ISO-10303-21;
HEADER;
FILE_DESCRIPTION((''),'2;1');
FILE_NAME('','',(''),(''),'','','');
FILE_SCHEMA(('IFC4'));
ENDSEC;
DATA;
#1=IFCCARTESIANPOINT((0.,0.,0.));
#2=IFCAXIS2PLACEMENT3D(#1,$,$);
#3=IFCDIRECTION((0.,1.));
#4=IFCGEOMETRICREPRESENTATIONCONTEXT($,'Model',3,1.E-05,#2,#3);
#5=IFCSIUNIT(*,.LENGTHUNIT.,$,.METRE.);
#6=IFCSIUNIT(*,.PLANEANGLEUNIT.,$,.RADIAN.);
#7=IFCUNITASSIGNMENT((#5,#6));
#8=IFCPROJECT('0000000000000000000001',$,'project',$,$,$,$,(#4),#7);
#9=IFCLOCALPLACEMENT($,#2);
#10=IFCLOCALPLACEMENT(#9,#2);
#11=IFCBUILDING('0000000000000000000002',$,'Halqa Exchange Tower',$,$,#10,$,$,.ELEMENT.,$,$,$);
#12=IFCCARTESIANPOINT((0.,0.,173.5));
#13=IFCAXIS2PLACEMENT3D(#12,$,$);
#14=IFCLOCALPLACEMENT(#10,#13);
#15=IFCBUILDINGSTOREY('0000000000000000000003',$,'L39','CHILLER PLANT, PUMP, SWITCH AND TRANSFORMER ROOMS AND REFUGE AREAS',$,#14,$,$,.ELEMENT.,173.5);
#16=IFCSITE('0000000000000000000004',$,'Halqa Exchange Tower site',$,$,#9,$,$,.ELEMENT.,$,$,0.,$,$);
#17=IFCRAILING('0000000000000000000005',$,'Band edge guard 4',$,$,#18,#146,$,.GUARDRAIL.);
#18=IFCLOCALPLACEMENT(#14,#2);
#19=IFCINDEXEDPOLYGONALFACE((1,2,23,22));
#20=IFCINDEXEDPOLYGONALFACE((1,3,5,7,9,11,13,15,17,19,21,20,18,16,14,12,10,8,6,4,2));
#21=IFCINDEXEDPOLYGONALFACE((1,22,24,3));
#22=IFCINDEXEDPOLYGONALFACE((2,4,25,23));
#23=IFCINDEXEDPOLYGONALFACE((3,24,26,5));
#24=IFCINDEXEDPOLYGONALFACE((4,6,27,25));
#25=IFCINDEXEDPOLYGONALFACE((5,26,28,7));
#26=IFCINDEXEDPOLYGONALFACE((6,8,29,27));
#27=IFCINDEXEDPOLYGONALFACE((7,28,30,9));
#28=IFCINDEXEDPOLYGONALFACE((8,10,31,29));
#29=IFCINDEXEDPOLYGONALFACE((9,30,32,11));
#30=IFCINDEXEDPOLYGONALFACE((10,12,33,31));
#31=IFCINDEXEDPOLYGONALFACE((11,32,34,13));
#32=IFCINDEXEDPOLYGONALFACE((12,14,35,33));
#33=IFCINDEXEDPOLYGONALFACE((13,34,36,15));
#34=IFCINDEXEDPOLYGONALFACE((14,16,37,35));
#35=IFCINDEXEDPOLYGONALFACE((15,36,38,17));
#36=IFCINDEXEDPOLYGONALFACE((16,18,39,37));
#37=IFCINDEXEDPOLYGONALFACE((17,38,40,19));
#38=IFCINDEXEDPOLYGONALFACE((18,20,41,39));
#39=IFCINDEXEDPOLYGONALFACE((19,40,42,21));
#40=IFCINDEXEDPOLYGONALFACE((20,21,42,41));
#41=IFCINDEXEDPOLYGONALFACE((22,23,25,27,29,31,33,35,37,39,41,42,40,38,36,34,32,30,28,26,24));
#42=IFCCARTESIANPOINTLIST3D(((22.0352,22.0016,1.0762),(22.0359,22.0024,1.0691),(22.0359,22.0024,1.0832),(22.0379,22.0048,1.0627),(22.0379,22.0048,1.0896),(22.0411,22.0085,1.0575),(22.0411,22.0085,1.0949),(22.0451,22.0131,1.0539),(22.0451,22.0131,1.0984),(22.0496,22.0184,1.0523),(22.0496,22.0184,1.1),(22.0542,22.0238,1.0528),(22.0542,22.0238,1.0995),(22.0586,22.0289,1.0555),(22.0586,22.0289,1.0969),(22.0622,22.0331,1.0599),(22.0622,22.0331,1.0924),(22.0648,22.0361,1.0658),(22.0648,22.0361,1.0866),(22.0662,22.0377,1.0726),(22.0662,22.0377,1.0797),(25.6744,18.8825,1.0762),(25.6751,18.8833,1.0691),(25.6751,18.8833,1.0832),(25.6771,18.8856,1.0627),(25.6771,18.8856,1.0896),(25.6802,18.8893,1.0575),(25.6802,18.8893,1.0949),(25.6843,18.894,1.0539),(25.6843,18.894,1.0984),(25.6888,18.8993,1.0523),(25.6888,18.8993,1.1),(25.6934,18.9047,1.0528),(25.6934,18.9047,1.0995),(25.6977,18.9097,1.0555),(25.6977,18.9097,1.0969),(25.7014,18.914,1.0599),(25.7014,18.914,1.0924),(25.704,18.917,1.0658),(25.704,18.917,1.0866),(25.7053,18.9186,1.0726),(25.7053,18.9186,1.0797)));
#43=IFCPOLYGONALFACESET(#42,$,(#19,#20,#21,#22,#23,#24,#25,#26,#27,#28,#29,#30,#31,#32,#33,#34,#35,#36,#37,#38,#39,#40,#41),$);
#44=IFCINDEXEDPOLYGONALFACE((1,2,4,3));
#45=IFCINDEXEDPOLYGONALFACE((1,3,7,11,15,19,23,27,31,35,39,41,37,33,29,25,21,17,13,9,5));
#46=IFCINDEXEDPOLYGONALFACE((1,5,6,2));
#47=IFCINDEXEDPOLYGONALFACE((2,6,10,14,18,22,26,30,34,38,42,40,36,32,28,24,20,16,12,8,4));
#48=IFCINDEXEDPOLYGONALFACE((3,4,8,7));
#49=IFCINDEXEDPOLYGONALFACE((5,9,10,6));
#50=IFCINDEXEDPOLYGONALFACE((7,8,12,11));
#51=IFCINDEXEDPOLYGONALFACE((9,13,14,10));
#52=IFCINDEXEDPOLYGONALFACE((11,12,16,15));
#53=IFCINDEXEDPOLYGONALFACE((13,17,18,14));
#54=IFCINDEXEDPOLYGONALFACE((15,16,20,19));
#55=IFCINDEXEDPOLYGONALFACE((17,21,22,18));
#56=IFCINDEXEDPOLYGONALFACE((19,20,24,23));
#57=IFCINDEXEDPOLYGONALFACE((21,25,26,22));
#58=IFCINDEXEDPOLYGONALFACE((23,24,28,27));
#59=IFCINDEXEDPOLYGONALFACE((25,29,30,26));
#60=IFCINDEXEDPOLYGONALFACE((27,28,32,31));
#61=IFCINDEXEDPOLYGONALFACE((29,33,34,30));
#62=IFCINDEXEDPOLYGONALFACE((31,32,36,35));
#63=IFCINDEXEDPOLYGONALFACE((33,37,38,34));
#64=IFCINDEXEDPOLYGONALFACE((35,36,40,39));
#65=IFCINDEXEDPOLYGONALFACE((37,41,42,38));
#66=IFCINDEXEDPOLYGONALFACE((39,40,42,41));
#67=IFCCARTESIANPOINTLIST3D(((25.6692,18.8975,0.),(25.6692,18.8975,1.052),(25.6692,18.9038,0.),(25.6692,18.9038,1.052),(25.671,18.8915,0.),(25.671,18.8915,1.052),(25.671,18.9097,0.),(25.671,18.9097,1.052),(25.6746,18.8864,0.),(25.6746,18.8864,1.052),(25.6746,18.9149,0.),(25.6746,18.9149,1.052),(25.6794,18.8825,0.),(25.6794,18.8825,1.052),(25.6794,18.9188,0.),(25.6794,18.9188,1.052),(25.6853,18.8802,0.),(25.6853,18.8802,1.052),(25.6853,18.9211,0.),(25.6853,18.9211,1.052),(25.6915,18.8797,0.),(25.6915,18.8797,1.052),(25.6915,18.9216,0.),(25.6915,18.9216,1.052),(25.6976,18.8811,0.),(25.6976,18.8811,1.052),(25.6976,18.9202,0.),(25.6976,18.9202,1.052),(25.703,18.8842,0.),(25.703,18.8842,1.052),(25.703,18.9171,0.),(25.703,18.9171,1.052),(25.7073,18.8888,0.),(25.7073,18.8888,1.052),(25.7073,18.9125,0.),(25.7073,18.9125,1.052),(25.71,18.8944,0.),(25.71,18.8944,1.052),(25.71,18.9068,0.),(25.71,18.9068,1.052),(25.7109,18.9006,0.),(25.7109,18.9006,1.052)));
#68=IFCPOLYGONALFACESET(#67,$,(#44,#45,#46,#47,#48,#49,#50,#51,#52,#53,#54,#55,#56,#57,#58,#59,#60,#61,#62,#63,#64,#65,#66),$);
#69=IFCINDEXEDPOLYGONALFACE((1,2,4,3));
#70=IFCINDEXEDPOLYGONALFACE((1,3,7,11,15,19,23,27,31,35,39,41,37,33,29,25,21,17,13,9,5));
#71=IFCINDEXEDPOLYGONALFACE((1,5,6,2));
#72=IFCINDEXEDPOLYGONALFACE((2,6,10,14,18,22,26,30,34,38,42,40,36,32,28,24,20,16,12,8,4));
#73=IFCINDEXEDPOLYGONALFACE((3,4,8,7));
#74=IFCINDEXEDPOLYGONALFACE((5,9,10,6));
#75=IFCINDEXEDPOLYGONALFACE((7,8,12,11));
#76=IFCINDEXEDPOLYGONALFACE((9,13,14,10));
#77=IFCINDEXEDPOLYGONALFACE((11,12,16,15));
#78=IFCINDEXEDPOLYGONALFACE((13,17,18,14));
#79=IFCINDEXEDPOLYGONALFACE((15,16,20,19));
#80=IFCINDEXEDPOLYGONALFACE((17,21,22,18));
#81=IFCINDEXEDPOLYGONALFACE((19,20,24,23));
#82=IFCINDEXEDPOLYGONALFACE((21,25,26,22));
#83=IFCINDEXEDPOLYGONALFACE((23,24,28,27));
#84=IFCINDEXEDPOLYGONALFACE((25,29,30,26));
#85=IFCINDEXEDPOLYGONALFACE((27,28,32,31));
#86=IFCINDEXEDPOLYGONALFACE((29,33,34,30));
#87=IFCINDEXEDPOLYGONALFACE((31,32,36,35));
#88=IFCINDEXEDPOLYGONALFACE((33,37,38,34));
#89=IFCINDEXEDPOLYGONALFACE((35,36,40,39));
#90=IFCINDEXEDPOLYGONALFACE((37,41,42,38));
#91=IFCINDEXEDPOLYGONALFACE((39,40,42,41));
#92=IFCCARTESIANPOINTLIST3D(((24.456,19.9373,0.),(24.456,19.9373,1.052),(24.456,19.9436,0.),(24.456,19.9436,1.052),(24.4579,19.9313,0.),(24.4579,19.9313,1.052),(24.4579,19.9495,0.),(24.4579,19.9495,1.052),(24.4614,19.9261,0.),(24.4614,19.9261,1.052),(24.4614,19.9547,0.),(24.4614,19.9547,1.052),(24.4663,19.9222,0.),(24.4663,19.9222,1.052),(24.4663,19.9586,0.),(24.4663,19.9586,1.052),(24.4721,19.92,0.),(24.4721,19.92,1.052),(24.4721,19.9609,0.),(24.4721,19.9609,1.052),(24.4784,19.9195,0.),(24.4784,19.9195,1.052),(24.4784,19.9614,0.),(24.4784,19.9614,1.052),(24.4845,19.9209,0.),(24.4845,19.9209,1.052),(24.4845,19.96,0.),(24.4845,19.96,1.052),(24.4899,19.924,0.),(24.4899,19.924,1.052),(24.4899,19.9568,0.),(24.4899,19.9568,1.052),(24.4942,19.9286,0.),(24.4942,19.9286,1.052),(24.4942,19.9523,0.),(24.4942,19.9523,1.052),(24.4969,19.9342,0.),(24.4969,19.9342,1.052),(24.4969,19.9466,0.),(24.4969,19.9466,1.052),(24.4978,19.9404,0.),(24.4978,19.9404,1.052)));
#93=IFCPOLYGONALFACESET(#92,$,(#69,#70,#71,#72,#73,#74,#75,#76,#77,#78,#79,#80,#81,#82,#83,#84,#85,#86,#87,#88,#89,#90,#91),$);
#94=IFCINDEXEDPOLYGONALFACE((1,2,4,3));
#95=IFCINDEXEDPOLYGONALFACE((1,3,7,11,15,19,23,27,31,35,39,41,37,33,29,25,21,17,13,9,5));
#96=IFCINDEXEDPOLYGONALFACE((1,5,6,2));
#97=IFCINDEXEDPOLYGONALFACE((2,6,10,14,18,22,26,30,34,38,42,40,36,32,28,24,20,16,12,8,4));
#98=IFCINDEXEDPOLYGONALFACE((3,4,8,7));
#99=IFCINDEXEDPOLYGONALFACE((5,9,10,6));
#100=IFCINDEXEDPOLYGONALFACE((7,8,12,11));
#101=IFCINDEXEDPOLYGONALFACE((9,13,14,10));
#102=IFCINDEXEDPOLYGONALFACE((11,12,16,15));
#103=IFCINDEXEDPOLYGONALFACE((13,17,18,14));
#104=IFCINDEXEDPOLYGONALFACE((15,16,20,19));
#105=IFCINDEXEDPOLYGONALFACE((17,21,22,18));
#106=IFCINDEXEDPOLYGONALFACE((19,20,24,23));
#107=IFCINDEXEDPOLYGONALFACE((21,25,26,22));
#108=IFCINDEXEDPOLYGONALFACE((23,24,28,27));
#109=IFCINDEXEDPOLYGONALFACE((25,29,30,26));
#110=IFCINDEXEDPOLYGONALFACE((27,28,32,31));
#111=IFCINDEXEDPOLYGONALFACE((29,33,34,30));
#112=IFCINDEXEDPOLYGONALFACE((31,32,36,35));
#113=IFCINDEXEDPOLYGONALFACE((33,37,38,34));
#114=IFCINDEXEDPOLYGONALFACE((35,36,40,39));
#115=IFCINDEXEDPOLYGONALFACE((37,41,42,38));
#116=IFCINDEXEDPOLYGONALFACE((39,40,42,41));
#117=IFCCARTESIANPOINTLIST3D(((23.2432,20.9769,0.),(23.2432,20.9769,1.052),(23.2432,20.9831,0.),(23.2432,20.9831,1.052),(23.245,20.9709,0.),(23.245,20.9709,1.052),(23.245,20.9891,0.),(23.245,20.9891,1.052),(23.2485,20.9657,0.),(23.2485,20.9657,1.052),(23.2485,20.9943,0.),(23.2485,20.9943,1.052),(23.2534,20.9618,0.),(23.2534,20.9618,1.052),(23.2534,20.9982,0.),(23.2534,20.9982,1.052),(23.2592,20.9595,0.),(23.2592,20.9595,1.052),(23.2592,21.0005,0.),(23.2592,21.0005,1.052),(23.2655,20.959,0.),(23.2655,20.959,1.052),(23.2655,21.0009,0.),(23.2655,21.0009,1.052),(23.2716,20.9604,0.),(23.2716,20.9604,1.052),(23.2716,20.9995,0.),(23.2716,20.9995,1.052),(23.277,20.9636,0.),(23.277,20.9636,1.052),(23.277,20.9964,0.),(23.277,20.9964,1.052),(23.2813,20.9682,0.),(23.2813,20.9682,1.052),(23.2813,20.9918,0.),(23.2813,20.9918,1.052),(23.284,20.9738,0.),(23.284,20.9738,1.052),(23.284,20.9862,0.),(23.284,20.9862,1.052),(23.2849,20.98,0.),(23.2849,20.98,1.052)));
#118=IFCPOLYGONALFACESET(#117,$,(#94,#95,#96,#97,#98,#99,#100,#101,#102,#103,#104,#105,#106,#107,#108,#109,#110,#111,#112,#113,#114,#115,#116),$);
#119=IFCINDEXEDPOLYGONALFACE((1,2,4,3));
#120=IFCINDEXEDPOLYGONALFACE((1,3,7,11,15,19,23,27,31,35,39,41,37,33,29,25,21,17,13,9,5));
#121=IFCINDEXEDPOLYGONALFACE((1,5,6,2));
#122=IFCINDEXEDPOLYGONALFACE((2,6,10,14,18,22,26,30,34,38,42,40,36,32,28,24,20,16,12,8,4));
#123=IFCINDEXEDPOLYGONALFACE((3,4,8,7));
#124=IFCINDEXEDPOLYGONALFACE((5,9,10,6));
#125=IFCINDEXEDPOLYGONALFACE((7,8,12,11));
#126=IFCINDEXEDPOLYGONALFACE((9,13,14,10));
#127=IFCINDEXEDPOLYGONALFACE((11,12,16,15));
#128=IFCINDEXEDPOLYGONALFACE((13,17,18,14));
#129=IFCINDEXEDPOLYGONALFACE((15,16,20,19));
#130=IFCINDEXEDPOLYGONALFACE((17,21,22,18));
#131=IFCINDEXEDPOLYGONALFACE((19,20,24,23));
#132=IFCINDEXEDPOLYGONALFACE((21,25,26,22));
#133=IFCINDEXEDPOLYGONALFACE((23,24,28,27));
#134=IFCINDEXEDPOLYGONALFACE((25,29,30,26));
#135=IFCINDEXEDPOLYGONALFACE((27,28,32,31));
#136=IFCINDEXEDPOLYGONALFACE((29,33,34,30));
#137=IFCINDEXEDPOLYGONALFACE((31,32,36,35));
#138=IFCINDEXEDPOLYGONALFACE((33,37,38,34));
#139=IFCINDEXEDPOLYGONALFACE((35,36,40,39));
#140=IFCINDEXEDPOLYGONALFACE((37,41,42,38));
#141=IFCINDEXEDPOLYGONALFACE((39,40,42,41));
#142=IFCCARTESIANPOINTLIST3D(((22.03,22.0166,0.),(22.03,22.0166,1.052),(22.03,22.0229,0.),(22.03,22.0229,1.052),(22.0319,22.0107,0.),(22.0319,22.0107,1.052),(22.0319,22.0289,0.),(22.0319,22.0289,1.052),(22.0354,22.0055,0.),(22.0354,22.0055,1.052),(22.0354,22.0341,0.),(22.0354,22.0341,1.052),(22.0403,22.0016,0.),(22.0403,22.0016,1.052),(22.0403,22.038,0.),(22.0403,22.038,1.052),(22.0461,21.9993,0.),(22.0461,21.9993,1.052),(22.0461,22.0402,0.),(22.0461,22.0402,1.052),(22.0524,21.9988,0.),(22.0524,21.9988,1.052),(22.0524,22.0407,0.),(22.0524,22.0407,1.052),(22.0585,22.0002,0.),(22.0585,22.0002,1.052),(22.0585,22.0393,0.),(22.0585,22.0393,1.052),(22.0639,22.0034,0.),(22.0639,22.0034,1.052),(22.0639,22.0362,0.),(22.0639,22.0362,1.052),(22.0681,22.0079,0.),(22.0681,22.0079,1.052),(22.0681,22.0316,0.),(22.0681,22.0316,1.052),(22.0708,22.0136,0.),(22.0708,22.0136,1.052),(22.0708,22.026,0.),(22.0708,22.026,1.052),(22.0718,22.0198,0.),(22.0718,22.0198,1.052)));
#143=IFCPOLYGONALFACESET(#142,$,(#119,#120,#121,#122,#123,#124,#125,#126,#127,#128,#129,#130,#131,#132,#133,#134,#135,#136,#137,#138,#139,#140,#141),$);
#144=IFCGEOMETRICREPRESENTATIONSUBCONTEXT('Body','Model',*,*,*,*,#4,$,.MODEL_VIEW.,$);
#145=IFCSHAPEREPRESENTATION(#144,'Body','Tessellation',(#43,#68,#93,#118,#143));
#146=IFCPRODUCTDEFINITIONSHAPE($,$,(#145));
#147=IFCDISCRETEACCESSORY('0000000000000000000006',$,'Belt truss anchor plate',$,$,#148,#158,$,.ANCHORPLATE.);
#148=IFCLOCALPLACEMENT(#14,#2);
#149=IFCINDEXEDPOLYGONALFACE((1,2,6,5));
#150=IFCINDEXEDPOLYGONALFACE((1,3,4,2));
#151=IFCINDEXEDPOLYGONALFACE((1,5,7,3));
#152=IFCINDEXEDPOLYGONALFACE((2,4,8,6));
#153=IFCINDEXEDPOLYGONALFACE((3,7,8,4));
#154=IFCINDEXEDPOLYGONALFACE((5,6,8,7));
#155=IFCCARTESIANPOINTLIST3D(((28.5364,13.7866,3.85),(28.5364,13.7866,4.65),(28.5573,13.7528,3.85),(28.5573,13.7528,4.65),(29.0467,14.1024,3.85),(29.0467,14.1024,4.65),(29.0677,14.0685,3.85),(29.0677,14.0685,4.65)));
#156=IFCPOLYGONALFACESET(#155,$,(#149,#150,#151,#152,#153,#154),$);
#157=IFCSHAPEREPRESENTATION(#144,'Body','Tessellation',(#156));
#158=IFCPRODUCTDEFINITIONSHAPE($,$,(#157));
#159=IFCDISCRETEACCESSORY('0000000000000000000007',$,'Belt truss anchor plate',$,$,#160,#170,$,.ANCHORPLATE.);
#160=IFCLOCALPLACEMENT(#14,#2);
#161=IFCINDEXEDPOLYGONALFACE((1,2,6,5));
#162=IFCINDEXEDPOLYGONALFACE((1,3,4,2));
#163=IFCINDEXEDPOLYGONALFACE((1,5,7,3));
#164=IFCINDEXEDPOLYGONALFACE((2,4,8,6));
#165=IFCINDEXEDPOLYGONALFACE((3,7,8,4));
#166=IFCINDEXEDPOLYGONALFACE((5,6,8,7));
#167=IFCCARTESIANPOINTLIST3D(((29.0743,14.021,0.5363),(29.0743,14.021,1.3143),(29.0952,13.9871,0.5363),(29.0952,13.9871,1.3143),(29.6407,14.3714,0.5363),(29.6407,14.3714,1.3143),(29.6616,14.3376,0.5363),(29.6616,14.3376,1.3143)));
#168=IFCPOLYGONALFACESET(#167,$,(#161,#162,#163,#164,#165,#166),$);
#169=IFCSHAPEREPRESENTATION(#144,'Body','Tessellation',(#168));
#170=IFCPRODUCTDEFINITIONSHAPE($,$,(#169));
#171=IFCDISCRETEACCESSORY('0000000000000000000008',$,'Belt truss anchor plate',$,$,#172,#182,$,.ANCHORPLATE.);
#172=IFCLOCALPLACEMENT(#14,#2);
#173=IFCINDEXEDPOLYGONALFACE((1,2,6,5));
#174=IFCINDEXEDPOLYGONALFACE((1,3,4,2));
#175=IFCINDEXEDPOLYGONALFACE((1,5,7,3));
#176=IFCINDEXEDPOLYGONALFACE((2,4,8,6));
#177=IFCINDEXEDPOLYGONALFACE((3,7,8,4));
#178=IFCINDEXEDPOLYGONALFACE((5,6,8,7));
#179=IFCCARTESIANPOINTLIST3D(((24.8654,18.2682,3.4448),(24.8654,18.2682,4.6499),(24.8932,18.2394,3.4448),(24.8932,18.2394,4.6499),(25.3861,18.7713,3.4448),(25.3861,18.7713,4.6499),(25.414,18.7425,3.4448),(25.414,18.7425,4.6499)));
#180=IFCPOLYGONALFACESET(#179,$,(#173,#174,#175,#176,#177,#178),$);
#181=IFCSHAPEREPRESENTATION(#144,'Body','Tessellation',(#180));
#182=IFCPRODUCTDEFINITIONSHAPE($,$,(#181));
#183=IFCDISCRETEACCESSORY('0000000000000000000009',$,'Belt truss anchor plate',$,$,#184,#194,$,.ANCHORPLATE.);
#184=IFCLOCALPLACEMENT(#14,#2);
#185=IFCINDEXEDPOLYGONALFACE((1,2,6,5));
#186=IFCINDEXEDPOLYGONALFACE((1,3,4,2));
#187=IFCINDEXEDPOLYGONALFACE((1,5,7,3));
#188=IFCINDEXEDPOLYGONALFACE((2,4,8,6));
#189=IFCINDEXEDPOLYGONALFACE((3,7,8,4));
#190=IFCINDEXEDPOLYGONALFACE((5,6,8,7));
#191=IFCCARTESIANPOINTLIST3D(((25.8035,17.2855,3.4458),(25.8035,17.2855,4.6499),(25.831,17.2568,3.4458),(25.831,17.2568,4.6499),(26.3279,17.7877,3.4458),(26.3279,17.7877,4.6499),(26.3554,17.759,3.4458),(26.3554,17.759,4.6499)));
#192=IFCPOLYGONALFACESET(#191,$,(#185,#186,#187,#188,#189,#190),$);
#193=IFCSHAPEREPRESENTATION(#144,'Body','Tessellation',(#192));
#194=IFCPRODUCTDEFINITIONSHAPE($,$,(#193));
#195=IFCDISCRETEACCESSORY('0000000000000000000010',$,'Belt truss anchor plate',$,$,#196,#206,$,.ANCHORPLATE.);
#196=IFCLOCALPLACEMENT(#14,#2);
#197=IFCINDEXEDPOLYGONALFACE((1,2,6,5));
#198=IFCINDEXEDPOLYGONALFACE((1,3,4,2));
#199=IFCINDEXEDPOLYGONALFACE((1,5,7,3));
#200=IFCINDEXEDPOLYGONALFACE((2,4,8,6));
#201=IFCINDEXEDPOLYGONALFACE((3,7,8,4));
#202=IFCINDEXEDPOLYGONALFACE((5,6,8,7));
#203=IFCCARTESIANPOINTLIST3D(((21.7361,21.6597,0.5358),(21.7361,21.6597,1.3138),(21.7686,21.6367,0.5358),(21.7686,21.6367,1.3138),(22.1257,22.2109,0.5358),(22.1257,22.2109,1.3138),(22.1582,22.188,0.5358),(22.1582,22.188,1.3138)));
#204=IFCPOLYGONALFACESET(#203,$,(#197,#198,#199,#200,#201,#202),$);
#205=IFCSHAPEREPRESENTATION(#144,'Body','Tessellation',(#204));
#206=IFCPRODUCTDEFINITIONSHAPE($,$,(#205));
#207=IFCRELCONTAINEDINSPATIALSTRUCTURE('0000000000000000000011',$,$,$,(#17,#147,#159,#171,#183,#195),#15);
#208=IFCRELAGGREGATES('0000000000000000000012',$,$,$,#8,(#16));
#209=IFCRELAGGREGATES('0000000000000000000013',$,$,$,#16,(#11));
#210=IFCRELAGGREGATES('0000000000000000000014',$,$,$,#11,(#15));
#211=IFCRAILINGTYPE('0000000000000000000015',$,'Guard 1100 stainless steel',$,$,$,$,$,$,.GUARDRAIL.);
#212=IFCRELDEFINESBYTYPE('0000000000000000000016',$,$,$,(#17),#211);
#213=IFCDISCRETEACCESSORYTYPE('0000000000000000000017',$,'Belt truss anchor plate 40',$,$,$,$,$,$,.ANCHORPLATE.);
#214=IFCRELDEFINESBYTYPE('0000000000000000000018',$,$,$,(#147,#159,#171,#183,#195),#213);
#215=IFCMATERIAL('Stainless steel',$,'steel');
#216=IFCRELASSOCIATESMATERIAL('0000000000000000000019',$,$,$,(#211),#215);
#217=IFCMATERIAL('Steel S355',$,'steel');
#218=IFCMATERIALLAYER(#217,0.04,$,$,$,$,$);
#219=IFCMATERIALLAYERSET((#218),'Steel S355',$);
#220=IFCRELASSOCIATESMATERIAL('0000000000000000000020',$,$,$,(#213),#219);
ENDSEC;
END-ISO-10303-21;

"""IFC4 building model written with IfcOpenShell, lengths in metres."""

from ifc_helpers import new_model, si_unit, direction, frame, origin, origin_2d, place, context, subcontext, project, spatial, rectangle, circle, extrude, material, layer, layer_set, type_object, element, save


model = new_model("IFC4")

# Units and contexts
model_context = context("Model", 3, precision=1e-05, world=origin(), true_north=direction((0.0, 1.0)))
body_context = subcontext(model_context, "Body", "Model", "MODEL_VIEW")
ifc_project = project(units=[si_unit("LENGTHUNIT", "METRE"), si_unit("PLANEANGLEUNIT", "RADIAN")], contexts=[model_context])

# Site, building, storey
site_placement = place(None, origin())
site = spatial("IfcSite", under=ifc_project, at=site_placement, Name="Halqa Exchange Tower site", CompositionType="ELEMENT", RefElevation=0.0)
building_placement = place(site_placement, origin())
building = spatial("IfcBuilding", under=site, at=building_placement, Name="Halqa Exchange Tower", CompositionType="ELEMENT")
storey_placement = place(building_placement, frame((0.0, 0.0, 173.5)))
storey = spatial("IfcBuildingStorey", under=building, at=storey_placement, Name="L39", Description="CHILLER PLANT, PUMP, SWITCH AND TRANSFORMER ROOMS AND REFUGE AREAS", CompositionType="ELEMENT", Elevation=173.5)

# Shared definitions
ifc_material_1 = material(Name="Steel S355", Category="steel")

# Railing
ifc_material_2 = material(Name="Stainless steel", Category="steel")
railing_type = type_object("IfcRailingType", Name="Guard 1100 stainless steel", PredefinedType="GUARDRAIL", material=ifc_material_2)
railing_1_placement = place(storey_placement, frame((25.6899, 18.9006, 0.0)))
element("IfcRailing", 1, at=railing_1_placement, inside=storey, type_object=railing_type, Name="Band edge guard 4", PredefinedType="GUARDRAIL", context=body_context, shape_type="SweptSolid", body=[
    extrude(circle(Radius=0.0239, at=origin_2d()), frame((0.0, 0.0, 1.0762), z_axis=(-0.759271, 0.650775, 0.0), x_axis=(-0.650775, -0.759271, 0.0)), (0.0, 0.0, 1.0), 4.793),
    extrude(circle(Radius=0.021, at=origin_2d()), origin(), (0.0, 0.0, 1.0), 1.052),
    extrude(circle(Radius=0.021, at=origin_2d()), frame((-1.2131, 1.0398, 0.0)), (0.0, 0.0, 1.0), 1.052),
    extrude(circle(Radius=0.021, at=origin_2d()), frame((-2.426, 2.0793, 0.0)), (0.0, 0.0, 1.0), 1.052),
    extrude(circle(Radius=0.021, at=origin_2d()), frame((-3.6392, 3.1191, 0.0)), (0.0, 0.0, 1.0), 1.052),
])

# Discrete accessories
ifc_layer_1 = layer(ifc_material_1, 0.04)
ifc_layer_set_1 = layer_set([ifc_layer_1], Name="Steel S355")
discrete_accessory_type = type_object("IfcDiscreteAccessoryType", Name="Belt truss anchor plate 40", PredefinedType="ANCHORPLATE", material=ifc_layer_set_1)
discrete_accessory_1_placement = place(storey_placement, frame((28.8125, 13.9106, 4.25), z_axis=(-0.526144, 0.850396, 0.0), x_axis=(-0.850396, -0.526144, 0.0)))
element("IfcDiscreteAccessory", 2, at=discrete_accessory_1_placement, inside=storey, type_object=discrete_accessory_type, Name="Belt truss anchor plate", PredefinedType="ANCHORPLATE", context=body_context, shape_type="SweptSolid", body=[
    extrude(rectangle(XDim=0.6001, YDim=0.8, at=origin_2d()), origin(), (0.0, 0.0, 1.0), 0.0398),
])
discrete_accessory_2_placement = place(storey_placement, frame((29.3784, 14.1624, 0.9253), z_axis=(-0.526144, 0.850396, 0.0), x_axis=(-0.850396, -0.526144, 0.0)))
element("IfcDiscreteAccessory", 3, at=discrete_accessory_2_placement, inside=storey, type_object=discrete_accessory_type, Name="Belt truss anchor plate", PredefinedType="ANCHORPLATE", context=body_context, shape_type="SweptSolid", body=[
    extrude(rectangle(XDim=0.666, YDim=0.7781, at=origin_2d()), origin(), (0.0, 0.0, 1.0), 0.0398),
])
discrete_accessory_3_placement = place(storey_placement, frame((25.1536, 18.491, 4.0474), z_axis=(-0.694812, 0.719191, 0.0), x_axis=(-0.719191, -0.694812, 0.0)))
element("IfcDiscreteAccessory", 4, at=discrete_accessory_3_placement, inside=storey, type_object=discrete_accessory_type, Name="Belt truss anchor plate", PredefinedType="ANCHORPLATE", context=body_context, shape_type="SweptSolid", body=[
    extrude(rectangle(XDim=0.7241, YDim=1.2051, at=origin_2d()), origin(), (0.0, 0.0, 1.0), 0.04),
])
discrete_accessory_4_placement = place(storey_placement, frame((26.0657, 17.5366, 4.0479), z_axis=(0.691639, -0.722243, 0.0), x_axis=(0.722243, 0.691639, 0.0)))
element("IfcDiscreteAccessory", 5, at=discrete_accessory_4_placement, inside=storey, type_object=discrete_accessory_type, Name="Belt truss anchor plate", PredefinedType="ANCHORPLATE", context=body_context, shape_type="SweptSolid", body=[
    extrude(rectangle(XDim=0.7261, YDim=1.2041, at=origin_2d()), origin(), (0.0, 0.0, 1.0), 0.0398),
])
discrete_accessory_5_placement = place(storey_placement, frame((21.9309, 21.9353, 0.9248), z_axis=(0.816627, -0.577165, 0.0), x_axis=(0.577165, 0.816627, 0.0)))
element("IfcDiscreteAccessory", 6, at=discrete_accessory_5_placement, inside=storey, type_object=discrete_accessory_type, Name="Belt truss anchor plate", PredefinedType="ANCHORPLATE", context=body_context, shape_type="SweptSolid", body=[
    extrude(rectangle(XDim=0.675, YDim=0.7781, at=origin_2d()), origin(), (0.0, 0.0, 1.0), 0.0398),
])

save(model, "model.ifc")
